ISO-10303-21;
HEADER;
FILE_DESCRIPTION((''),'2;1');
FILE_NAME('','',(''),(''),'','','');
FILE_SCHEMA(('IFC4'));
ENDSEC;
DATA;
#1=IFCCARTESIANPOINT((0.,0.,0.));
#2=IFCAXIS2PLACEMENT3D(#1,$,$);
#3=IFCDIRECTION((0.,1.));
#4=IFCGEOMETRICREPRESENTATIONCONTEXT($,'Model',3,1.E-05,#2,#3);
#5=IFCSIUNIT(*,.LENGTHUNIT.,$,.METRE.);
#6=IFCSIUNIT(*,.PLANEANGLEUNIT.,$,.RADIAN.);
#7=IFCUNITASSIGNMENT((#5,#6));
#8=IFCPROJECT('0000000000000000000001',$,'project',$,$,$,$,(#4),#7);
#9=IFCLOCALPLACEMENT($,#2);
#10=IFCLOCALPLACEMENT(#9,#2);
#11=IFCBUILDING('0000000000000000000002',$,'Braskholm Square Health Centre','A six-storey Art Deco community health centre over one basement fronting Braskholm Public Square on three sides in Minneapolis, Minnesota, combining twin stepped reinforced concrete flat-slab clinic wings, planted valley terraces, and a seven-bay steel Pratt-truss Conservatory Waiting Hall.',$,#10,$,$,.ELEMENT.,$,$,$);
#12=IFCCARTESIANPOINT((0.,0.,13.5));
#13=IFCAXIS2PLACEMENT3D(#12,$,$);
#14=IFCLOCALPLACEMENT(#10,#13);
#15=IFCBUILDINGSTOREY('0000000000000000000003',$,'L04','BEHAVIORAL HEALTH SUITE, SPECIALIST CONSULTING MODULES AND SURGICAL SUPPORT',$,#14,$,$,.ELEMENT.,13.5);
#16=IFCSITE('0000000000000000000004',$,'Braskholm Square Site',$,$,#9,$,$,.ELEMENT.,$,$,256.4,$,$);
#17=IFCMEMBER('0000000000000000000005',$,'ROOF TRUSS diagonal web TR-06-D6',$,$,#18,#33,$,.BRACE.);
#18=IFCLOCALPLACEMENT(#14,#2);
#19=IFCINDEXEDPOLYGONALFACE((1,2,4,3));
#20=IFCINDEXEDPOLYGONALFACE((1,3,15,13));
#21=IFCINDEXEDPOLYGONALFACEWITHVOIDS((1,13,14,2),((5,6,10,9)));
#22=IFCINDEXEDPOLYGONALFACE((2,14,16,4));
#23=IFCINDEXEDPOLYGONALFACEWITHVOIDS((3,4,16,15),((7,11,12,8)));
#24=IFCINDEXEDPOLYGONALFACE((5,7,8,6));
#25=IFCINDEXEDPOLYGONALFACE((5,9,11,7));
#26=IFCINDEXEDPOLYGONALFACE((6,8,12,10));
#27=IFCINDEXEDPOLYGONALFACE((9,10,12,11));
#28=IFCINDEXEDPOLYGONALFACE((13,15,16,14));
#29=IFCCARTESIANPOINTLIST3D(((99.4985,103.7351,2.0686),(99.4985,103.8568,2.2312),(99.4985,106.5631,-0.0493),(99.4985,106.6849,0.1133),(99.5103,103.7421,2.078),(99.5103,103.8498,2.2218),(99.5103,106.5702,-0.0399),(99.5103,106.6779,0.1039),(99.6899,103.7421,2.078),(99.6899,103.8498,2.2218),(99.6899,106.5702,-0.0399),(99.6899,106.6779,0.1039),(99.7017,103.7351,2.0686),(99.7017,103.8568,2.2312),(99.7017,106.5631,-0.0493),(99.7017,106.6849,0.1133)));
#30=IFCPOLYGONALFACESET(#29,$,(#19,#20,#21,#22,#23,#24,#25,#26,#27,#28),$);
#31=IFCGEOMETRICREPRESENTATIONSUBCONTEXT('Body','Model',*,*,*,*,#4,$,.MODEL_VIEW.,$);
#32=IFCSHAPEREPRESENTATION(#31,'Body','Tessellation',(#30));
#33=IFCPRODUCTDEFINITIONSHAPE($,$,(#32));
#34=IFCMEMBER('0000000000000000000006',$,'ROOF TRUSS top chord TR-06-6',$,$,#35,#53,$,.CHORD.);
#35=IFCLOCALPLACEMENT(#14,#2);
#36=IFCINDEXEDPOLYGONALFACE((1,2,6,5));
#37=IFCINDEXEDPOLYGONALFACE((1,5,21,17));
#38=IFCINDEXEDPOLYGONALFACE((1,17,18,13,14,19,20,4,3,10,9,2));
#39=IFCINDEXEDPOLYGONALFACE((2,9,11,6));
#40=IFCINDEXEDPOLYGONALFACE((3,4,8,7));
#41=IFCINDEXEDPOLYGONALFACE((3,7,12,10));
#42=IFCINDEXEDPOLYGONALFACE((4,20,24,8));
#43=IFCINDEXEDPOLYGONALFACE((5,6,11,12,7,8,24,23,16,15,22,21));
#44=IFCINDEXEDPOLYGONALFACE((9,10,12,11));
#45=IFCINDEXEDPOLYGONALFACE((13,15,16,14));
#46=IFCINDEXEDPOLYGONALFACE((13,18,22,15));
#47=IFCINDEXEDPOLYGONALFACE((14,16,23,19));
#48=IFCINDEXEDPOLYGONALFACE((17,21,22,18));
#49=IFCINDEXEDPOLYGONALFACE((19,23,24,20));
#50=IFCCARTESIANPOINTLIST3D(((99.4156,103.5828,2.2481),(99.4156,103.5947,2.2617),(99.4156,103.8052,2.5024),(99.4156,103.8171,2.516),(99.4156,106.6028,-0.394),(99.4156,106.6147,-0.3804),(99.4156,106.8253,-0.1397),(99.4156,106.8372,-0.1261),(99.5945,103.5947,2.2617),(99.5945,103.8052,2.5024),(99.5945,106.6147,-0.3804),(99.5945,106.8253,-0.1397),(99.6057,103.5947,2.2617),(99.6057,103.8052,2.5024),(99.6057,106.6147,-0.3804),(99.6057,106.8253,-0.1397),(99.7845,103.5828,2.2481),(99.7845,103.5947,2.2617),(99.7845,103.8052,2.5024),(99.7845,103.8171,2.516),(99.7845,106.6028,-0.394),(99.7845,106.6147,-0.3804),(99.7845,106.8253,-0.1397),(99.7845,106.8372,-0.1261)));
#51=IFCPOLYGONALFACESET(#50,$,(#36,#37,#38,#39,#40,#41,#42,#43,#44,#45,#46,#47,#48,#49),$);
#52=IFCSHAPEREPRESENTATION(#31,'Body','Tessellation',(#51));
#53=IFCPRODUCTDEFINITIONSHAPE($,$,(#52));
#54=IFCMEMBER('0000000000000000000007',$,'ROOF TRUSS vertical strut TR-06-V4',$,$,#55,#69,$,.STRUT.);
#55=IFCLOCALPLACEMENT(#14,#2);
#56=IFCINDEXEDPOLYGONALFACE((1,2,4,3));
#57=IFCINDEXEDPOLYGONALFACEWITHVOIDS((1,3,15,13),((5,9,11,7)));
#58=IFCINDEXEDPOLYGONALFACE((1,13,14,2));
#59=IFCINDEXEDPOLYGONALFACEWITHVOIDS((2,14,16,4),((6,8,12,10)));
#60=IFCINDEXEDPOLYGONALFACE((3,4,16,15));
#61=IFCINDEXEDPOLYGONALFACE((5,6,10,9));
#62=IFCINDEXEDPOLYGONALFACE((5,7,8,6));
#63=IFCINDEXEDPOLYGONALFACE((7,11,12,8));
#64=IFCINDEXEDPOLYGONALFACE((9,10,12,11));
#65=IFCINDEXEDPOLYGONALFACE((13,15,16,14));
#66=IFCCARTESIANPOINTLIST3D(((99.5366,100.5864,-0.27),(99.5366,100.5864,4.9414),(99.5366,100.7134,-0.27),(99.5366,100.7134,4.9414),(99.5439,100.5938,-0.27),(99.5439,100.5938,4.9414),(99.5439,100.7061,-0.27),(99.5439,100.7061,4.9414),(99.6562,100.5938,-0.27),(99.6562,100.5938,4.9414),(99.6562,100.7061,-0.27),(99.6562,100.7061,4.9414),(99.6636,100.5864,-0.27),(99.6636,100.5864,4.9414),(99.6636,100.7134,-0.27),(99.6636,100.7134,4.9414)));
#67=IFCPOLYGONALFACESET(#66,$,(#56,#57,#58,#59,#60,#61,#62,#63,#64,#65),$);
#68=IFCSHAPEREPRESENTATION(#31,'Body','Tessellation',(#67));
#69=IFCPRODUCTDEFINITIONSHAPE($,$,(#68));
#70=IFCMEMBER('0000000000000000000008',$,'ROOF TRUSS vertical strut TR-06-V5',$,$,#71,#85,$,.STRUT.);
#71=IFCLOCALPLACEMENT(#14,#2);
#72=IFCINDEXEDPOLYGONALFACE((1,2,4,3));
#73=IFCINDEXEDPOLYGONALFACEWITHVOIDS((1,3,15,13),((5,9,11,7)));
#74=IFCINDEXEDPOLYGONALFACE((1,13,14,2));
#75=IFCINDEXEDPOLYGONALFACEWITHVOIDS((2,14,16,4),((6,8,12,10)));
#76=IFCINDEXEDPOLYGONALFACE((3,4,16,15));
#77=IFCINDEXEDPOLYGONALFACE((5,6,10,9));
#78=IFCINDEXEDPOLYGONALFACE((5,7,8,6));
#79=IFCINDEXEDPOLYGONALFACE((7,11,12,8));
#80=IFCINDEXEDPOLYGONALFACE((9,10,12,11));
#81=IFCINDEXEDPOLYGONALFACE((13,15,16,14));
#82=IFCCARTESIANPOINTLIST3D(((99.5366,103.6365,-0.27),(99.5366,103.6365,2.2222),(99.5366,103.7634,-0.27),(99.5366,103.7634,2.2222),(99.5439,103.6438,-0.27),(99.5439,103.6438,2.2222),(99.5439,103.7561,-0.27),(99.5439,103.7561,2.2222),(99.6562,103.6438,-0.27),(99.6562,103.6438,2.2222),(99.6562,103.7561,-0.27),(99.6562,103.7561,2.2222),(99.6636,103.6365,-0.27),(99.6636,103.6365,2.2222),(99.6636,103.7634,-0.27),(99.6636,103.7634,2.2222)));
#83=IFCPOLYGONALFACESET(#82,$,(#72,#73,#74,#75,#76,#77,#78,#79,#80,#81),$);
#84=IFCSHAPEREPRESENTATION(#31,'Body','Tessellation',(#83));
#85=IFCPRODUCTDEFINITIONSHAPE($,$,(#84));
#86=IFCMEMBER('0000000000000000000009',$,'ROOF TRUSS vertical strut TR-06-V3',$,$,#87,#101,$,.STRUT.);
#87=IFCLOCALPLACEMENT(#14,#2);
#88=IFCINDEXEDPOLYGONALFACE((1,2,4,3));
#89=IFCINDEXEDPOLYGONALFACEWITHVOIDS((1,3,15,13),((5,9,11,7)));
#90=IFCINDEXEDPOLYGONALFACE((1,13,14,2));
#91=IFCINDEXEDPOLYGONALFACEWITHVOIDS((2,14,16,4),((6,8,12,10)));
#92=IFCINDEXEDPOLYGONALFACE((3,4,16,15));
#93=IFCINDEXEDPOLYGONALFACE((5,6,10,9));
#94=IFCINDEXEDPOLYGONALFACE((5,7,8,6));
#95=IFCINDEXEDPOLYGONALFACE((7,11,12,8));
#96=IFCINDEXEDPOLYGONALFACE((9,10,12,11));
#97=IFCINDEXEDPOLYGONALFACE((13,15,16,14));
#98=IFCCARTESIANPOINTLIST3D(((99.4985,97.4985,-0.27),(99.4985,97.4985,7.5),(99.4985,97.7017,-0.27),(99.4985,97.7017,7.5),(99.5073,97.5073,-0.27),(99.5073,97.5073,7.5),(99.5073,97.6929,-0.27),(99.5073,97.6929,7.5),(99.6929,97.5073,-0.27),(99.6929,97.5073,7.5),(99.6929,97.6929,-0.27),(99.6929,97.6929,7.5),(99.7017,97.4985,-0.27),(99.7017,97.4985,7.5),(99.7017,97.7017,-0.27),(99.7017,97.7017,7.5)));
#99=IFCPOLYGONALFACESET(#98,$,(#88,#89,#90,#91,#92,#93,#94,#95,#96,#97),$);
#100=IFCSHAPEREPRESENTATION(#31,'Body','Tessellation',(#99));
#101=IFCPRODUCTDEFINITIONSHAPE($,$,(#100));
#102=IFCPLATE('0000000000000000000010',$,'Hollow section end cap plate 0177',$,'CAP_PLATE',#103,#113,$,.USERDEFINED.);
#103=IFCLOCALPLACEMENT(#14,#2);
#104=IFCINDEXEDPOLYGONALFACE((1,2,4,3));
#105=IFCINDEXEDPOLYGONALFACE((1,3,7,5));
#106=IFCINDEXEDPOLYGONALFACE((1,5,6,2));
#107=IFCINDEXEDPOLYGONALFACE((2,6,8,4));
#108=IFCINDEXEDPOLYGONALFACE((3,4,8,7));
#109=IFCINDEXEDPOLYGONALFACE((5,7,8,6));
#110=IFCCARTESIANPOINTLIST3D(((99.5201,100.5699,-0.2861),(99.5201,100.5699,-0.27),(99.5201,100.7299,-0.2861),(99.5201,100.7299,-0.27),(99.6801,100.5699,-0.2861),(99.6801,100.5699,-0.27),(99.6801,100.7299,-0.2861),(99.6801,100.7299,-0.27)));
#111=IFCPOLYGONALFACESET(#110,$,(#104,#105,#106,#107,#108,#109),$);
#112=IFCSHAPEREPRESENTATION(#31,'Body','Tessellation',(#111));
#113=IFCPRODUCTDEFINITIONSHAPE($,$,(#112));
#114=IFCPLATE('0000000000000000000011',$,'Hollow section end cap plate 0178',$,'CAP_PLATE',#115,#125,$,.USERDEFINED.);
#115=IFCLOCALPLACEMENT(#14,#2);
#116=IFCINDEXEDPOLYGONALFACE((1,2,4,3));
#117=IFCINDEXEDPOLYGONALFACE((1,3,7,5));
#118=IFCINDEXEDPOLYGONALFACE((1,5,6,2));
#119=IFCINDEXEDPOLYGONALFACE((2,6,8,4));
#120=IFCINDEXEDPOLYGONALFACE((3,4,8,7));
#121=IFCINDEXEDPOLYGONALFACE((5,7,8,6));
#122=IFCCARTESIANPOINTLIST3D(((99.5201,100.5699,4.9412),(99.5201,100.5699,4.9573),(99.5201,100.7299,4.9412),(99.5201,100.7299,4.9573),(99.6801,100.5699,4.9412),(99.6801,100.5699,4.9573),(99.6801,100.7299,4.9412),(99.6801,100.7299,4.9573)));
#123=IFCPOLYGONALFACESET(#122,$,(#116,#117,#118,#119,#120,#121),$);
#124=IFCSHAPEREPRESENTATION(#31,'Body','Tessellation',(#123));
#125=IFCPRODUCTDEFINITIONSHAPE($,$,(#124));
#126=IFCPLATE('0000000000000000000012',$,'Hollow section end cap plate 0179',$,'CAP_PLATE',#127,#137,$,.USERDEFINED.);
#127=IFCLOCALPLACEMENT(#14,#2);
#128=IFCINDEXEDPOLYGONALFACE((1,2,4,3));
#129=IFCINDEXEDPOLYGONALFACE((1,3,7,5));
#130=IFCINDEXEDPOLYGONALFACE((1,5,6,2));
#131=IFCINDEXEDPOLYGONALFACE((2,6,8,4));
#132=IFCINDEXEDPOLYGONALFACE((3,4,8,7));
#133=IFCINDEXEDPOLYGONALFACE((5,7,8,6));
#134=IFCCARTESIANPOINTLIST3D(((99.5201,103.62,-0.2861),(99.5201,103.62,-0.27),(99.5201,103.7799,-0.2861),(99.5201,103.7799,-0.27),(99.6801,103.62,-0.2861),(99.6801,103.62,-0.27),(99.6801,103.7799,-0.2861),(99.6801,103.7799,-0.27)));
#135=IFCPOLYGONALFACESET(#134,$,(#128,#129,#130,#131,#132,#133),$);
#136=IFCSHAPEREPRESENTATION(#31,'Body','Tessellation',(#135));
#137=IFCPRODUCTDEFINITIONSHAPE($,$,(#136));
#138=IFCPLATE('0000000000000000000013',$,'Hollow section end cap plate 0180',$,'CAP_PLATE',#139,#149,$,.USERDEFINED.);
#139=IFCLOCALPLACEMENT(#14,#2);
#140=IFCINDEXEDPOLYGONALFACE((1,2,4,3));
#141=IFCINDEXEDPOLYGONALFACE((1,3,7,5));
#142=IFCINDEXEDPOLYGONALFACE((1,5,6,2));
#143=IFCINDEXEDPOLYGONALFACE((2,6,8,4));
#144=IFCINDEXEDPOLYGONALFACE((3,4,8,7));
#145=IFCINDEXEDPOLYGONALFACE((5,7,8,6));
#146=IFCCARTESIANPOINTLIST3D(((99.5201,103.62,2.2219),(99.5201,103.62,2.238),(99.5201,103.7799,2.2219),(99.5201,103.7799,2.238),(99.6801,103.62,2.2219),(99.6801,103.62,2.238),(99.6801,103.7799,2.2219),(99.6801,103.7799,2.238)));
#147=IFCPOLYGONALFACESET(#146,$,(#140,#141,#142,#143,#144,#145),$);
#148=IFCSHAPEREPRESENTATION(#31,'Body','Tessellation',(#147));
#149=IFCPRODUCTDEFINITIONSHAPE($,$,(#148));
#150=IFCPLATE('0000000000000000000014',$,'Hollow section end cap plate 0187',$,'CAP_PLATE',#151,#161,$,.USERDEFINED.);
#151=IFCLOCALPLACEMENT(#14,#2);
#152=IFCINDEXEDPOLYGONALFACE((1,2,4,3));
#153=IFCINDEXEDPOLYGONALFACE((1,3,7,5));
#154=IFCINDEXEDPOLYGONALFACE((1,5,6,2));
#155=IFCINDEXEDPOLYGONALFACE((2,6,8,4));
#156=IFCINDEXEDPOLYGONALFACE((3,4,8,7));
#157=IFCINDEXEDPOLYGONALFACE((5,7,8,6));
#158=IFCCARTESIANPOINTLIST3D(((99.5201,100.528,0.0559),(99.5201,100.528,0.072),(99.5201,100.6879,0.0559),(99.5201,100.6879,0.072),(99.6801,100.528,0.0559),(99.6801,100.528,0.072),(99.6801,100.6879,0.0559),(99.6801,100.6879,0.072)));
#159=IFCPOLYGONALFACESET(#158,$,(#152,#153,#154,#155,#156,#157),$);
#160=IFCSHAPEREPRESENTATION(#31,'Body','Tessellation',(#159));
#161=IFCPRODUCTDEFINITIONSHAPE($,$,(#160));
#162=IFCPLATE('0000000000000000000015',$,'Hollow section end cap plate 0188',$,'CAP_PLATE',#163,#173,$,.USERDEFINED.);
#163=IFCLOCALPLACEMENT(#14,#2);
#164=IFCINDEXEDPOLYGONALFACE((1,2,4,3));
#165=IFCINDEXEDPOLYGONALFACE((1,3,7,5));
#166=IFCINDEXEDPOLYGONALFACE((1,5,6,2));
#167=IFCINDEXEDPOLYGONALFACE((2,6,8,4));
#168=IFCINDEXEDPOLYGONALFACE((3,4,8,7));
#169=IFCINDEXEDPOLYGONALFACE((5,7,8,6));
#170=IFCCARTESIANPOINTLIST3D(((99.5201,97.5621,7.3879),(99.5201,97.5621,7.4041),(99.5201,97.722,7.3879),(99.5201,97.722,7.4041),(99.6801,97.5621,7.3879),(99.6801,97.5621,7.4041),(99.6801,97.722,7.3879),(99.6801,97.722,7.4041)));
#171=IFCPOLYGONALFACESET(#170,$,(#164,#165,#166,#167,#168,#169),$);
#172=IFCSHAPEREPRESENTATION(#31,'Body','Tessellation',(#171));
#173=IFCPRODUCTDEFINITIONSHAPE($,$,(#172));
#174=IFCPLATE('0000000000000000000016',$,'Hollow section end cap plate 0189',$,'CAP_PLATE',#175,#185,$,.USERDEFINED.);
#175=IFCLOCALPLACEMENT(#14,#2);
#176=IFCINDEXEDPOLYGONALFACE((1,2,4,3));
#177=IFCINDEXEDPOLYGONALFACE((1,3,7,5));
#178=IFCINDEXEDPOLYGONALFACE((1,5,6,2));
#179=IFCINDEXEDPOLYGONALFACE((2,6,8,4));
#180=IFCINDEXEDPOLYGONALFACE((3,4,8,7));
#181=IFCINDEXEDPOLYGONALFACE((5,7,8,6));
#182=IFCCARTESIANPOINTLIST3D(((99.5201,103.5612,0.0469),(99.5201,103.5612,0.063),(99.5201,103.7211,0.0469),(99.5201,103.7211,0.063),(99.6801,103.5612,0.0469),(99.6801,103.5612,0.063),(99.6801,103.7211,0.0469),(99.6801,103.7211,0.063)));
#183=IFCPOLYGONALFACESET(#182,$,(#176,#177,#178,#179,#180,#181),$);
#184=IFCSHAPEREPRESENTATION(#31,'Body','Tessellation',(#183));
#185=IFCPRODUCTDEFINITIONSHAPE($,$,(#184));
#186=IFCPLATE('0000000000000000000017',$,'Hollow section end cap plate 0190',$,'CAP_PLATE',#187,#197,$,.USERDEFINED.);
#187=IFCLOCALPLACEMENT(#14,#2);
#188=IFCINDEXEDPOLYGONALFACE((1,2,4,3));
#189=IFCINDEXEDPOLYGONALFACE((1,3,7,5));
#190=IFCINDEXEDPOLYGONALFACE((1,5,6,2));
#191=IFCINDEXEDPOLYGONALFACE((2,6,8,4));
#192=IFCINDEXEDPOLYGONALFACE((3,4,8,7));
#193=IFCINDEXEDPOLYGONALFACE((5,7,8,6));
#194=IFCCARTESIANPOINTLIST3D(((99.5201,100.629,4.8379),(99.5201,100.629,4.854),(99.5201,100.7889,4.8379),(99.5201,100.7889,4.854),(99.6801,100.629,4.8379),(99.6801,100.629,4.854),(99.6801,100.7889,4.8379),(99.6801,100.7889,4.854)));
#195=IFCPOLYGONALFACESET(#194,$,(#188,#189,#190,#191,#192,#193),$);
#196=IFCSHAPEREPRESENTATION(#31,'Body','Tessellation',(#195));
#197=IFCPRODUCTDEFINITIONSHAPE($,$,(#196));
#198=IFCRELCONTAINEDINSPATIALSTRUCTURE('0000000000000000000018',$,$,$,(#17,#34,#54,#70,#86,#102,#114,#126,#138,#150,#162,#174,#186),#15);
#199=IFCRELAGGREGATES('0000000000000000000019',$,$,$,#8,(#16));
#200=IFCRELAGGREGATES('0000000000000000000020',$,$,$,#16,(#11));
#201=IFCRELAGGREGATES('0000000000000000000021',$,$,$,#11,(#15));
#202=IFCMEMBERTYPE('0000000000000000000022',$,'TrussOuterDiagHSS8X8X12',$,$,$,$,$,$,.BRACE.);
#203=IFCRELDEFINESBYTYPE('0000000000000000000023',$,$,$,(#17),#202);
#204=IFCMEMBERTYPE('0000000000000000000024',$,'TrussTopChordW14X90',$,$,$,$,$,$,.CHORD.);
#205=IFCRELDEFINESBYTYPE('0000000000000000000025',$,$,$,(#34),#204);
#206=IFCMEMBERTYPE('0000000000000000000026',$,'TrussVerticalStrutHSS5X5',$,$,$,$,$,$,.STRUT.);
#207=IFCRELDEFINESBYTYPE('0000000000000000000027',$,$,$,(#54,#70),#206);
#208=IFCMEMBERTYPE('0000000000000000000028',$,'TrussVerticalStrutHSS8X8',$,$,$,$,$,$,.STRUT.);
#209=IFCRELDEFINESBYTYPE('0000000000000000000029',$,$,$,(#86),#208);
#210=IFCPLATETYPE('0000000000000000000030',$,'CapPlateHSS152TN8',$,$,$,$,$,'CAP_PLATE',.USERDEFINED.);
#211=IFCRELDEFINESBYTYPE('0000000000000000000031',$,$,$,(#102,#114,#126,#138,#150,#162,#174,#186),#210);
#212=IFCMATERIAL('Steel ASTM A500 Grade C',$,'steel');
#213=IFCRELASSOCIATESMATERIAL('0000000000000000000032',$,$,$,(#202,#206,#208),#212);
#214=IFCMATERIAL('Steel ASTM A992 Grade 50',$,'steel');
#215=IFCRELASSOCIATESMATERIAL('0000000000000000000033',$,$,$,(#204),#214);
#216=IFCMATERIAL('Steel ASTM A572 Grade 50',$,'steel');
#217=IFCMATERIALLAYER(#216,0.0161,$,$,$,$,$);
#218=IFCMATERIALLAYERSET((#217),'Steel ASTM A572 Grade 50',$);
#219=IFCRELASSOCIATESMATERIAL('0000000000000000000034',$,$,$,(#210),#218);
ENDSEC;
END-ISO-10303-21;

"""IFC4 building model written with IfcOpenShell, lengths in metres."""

from ifc_helpers import new_model, si_unit, direction, frame, origin, origin_2d, place, context, subcontext, project, spatial, rectangle, hollow_rectangle, i_section, extrude, material, layer, layer_set, material_profile, profile_set, type_object, element, save


model = new_model("IFC4")

# Units and contexts
model_context = context("Model", 3, precision=1e-05, world=origin(), true_north=direction((0.0, 1.0)))
body_context = subcontext(model_context, "Body", "Model", "MODEL_VIEW")
ifc_project = project(units=[si_unit("LENGTHUNIT", "METRE"), si_unit("PLANEANGLEUNIT", "RADIAN")], contexts=[model_context])

# Site, building, storey
site_placement = place(None, origin())
site = spatial("IfcSite", under=ifc_project, at=site_placement, Name="Braskholm Square Site", CompositionType="ELEMENT", RefElevation=256.4)
building_placement = place(site_placement, origin())
building = spatial("IfcBuilding", under=site, at=building_placement, Name="Braskholm Square Health Centre", Description="A six-storey Art Deco community health centre over one basement fronting Braskholm Public Square on three sides in Minneapolis, Minnesota, combining twin stepped reinforced concrete flat-slab clinic wings, planted valley terraces, and a seven-bay steel Pratt-truss Conservatory Waiting Hall.", CompositionType="ELEMENT")
storey_placement = place(building_placement, frame((0.0, 0.0, 13.5)))
storey = spatial("IfcBuildingStorey", under=building, at=storey_placement, Name="L04", Description="BEHAVIORAL HEALTH SUITE, SPECIALIST CONSULTING MODULES AND SURGICAL SUPPORT", CompositionType="ELEMENT", Elevation=13.5)

# Shared definitions
ifc_material_1 = material(Name="Steel ASTM A500 Grade C", Category="steel")

# Shared definitions
ifc_material_2 = material(Name="Steel ASTM A992 Grade 50", Category="steel")

# Members
ifc_material_profile_1 = material_profile(ifc_material_1, hollow_rectangle(XDim=0.2031, YDim=0.2031, WallThickness=0.0117, at=origin_2d()), Name="HSS8X8X1/2")
ifc_profile_set_1 = profile_set([ifc_material_profile_1], Name="Steel ASTM A500 Grade C")
member_type_1 = type_object("IfcMemberType", Name="TrussOuterDiagHSS8X8X12", PredefinedType="BRACE", material=ifc_profile_set_1)
member_1_placement = place(storey_placement, frame((99.6001, 106.624, 0.032), z_axis=(0.0, -0.800431, 0.599425), x_axis=(1.0, 0.0, 0.0)))
element("IfcMember", 1, at=member_1_placement, inside=storey, type_object=member_type_1, Name="ROOF TRUSS diagonal web TR-06-D6", PredefinedType="BRACE", context=body_context, shape_type="SweptSolid", body=[
    extrude(hollow_rectangle(XDim=0.2031, YDim=0.2031, WallThickness=0.0117, at=origin_2d()), origin(), (0.0, 0.0, 1.0), 3.5332),
])
ifc_material_profile_2 = material_profile(ifc_material_2, i_section(OverallWidth=0.3689, OverallDepth=0.356, WebThickness=0.0112, FlangeThickness=0.0181, at=origin_2d()), Name="W14X90")
ifc_profile_set_2 = profile_set([ifc_material_profile_2], Name="Steel ASTM A992 Grade 50")
member_type_2 = type_object("IfcMemberType", Name="TrussTopChordW14X90", PredefinedType="CHORD", material=ifc_profile_set_2)
member_2_placement = place(storey_placement, frame((99.6001, 103.7, 2.3821), z_axis=(0.0, 0.752629, -0.658444), x_axis=(-1.0, 0.0, 0.0)))
element("IfcMember", 2, at=member_2_placement, inside=storey, type_object=member_type_2, Name="ROOF TRUSS top chord TR-06-6", PredefinedType="CHORD", context=body_context, shape_type="SweptSolid", body=[
    extrude(i_section(OverallWidth=0.3689, OverallDepth=0.356, WebThickness=0.0112, FlangeThickness=0.0181, at=origin_2d()), origin(), (0.0, 0.0, 1.0), 4.0127),
])
ifc_material_profile_3 = material_profile(ifc_material_1, hollow_rectangle(XDim=0.127, YDim=0.127, WallThickness=0.0073, at=origin_2d()), Name="HSS5X5X5/16")
ifc_profile_set_3 = profile_set([ifc_material_profile_3], Name="Steel ASTM A500 Grade C")
member_type_3 = type_object("IfcMemberType", Name="TrussVerticalStrutHSS5X5", PredefinedType="STRUT", material=ifc_profile_set_3)
member_3_placement = place(storey_placement, frame((99.6001, 100.6499, -0.27), z_axis=(0.0, 0.0, 1.0), x_axis=(1.0, 0.0, 0.0)))
element("IfcMember", 3, at=member_3_placement, inside=storey, type_object=member_type_3, Name="ROOF TRUSS vertical strut TR-06-V4", PredefinedType="STRUT", context=body_context, shape_type="SweptSolid", body=[
    extrude(hollow_rectangle(XDim=0.127, YDim=0.127, WallThickness=0.0073, at=origin_2d()), origin(), (0.0, 0.0, 1.0), 5.2114),
])
member_4_placement = place(storey_placement, frame((99.6001, 103.7, -0.27), z_axis=(0.0, 0.0, 1.0), x_axis=(1.0, 0.0, 0.0)))
element("IfcMember", 4, at=member_4_placement, inside=storey, type_object=member_type_3, Name="ROOF TRUSS vertical strut TR-06-V5", PredefinedType="STRUT", context=body_context, shape_type="SweptSolid", body=[
    extrude(hollow_rectangle(XDim=0.127, YDim=0.127, WallThickness=0.0073, at=origin_2d()), origin(), (0.0, 0.0, 1.0), 2.4922),
])
ifc_material_profile_4 = material_profile(ifc_material_1, hollow_rectangle(XDim=0.2031, YDim=0.2031, WallThickness=0.0088, at=origin_2d()), Name="HSS8X8X3/8")
ifc_profile_set_4 = profile_set([ifc_material_profile_4], Name="Steel ASTM A500 Grade C")
member_type_4 = type_object("IfcMemberType", Name="TrussVerticalStrutHSS8X8", PredefinedType="STRUT", material=ifc_profile_set_4)
member_5_placement = place(storey_placement, frame((99.6001, 97.6001, -0.27), z_axis=(0.0, 0.0, 1.0), x_axis=(1.0, 0.0, 0.0)))
element("IfcMember", 5, at=member_5_placement, inside=storey, type_object=member_type_4, Name="ROOF TRUSS vertical strut TR-06-V3", PredefinedType="STRUT", context=body_context, shape_type="SweptSolid", body=[
    extrude(hollow_rectangle(XDim=0.2031, YDim=0.2031, WallThickness=0.0088, at=origin_2d()), origin(), (0.0, 0.0, 1.0), 7.77),
])

# Plates
ifc_material_3 = material(Name="Steel ASTM A572 Grade 50", Category="steel")
ifc_layer_1 = layer(ifc_material_3, 0.0161)
ifc_layer_set_1 = layer_set([ifc_layer_1], Name="Steel ASTM A572 Grade 50")
plate_type_1 = type_object("IfcPlateType", Name="CapPlateHSS152TN8", ElementType="CAP_PLATE", PredefinedType="USERDEFINED", material=ifc_layer_set_1)
for number, where, z_axis, x_axis, name in (
    (6, (99.6001, 100.6499, -0.2861), (0.0, 0.0, 1.0), (1.0, 0.0, 0.0), "Hollow section end cap plate 0177"),
    (7, (99.6001, 100.6499, 4.9412), (0.0, 0.0, 1.0), (1.0, 0.0, 0.0), "Hollow section end cap plate 0178"),
    (8, (99.6001, 103.7, -0.2861), (0.0, 0.0, 1.0), (1.0, 0.0, 0.0), "Hollow section end cap plate 0179"),
    (9, (99.6001, 103.7, 2.2219), (0.0, 0.0, 1.0), (1.0, 0.0, 0.0), "Hollow section end cap plate 0180"),
    (10, (99.6001, 100.6079, 0.0559), (0.0, 0.0, 1.0), (1.0, 0.0, 0.0), "Hollow section end cap plate 0187"),
    (11, (99.6001, 97.6421, 7.3879), (0.0, 0.0, 1.0), (1.0, 0.0, 0.0), "Hollow section end cap plate 0188"),
    (12, (99.6001, 103.6411, 0.0469), (0.0, 0.0, 1.0), (1.0, 0.0, 0.0), "Hollow section end cap plate 0189"),
    (13, (99.6001, 100.709, 4.8379), (0.0, 0.0, 1.0), (1.0, 0.0, 0.0), "Hollow section end cap plate 0190"),
):
    element("IfcPlate", number, at=place(storey_placement, frame(where, z_axis=z_axis, x_axis=x_axis)), inside=storey, type_object=plate_type_1, Name=name, ObjectType="CAP_PLATE", PredefinedType="USERDEFINED", context=body_context, shape_type="SweptSolid", body=[
        extrude(rectangle(XDim=0.1599, YDim=0.1599, at=origin_2d()), origin(), (0.0, 0.0, 1.0), 0.0161),
    ])

save(model, "model.ifc")
